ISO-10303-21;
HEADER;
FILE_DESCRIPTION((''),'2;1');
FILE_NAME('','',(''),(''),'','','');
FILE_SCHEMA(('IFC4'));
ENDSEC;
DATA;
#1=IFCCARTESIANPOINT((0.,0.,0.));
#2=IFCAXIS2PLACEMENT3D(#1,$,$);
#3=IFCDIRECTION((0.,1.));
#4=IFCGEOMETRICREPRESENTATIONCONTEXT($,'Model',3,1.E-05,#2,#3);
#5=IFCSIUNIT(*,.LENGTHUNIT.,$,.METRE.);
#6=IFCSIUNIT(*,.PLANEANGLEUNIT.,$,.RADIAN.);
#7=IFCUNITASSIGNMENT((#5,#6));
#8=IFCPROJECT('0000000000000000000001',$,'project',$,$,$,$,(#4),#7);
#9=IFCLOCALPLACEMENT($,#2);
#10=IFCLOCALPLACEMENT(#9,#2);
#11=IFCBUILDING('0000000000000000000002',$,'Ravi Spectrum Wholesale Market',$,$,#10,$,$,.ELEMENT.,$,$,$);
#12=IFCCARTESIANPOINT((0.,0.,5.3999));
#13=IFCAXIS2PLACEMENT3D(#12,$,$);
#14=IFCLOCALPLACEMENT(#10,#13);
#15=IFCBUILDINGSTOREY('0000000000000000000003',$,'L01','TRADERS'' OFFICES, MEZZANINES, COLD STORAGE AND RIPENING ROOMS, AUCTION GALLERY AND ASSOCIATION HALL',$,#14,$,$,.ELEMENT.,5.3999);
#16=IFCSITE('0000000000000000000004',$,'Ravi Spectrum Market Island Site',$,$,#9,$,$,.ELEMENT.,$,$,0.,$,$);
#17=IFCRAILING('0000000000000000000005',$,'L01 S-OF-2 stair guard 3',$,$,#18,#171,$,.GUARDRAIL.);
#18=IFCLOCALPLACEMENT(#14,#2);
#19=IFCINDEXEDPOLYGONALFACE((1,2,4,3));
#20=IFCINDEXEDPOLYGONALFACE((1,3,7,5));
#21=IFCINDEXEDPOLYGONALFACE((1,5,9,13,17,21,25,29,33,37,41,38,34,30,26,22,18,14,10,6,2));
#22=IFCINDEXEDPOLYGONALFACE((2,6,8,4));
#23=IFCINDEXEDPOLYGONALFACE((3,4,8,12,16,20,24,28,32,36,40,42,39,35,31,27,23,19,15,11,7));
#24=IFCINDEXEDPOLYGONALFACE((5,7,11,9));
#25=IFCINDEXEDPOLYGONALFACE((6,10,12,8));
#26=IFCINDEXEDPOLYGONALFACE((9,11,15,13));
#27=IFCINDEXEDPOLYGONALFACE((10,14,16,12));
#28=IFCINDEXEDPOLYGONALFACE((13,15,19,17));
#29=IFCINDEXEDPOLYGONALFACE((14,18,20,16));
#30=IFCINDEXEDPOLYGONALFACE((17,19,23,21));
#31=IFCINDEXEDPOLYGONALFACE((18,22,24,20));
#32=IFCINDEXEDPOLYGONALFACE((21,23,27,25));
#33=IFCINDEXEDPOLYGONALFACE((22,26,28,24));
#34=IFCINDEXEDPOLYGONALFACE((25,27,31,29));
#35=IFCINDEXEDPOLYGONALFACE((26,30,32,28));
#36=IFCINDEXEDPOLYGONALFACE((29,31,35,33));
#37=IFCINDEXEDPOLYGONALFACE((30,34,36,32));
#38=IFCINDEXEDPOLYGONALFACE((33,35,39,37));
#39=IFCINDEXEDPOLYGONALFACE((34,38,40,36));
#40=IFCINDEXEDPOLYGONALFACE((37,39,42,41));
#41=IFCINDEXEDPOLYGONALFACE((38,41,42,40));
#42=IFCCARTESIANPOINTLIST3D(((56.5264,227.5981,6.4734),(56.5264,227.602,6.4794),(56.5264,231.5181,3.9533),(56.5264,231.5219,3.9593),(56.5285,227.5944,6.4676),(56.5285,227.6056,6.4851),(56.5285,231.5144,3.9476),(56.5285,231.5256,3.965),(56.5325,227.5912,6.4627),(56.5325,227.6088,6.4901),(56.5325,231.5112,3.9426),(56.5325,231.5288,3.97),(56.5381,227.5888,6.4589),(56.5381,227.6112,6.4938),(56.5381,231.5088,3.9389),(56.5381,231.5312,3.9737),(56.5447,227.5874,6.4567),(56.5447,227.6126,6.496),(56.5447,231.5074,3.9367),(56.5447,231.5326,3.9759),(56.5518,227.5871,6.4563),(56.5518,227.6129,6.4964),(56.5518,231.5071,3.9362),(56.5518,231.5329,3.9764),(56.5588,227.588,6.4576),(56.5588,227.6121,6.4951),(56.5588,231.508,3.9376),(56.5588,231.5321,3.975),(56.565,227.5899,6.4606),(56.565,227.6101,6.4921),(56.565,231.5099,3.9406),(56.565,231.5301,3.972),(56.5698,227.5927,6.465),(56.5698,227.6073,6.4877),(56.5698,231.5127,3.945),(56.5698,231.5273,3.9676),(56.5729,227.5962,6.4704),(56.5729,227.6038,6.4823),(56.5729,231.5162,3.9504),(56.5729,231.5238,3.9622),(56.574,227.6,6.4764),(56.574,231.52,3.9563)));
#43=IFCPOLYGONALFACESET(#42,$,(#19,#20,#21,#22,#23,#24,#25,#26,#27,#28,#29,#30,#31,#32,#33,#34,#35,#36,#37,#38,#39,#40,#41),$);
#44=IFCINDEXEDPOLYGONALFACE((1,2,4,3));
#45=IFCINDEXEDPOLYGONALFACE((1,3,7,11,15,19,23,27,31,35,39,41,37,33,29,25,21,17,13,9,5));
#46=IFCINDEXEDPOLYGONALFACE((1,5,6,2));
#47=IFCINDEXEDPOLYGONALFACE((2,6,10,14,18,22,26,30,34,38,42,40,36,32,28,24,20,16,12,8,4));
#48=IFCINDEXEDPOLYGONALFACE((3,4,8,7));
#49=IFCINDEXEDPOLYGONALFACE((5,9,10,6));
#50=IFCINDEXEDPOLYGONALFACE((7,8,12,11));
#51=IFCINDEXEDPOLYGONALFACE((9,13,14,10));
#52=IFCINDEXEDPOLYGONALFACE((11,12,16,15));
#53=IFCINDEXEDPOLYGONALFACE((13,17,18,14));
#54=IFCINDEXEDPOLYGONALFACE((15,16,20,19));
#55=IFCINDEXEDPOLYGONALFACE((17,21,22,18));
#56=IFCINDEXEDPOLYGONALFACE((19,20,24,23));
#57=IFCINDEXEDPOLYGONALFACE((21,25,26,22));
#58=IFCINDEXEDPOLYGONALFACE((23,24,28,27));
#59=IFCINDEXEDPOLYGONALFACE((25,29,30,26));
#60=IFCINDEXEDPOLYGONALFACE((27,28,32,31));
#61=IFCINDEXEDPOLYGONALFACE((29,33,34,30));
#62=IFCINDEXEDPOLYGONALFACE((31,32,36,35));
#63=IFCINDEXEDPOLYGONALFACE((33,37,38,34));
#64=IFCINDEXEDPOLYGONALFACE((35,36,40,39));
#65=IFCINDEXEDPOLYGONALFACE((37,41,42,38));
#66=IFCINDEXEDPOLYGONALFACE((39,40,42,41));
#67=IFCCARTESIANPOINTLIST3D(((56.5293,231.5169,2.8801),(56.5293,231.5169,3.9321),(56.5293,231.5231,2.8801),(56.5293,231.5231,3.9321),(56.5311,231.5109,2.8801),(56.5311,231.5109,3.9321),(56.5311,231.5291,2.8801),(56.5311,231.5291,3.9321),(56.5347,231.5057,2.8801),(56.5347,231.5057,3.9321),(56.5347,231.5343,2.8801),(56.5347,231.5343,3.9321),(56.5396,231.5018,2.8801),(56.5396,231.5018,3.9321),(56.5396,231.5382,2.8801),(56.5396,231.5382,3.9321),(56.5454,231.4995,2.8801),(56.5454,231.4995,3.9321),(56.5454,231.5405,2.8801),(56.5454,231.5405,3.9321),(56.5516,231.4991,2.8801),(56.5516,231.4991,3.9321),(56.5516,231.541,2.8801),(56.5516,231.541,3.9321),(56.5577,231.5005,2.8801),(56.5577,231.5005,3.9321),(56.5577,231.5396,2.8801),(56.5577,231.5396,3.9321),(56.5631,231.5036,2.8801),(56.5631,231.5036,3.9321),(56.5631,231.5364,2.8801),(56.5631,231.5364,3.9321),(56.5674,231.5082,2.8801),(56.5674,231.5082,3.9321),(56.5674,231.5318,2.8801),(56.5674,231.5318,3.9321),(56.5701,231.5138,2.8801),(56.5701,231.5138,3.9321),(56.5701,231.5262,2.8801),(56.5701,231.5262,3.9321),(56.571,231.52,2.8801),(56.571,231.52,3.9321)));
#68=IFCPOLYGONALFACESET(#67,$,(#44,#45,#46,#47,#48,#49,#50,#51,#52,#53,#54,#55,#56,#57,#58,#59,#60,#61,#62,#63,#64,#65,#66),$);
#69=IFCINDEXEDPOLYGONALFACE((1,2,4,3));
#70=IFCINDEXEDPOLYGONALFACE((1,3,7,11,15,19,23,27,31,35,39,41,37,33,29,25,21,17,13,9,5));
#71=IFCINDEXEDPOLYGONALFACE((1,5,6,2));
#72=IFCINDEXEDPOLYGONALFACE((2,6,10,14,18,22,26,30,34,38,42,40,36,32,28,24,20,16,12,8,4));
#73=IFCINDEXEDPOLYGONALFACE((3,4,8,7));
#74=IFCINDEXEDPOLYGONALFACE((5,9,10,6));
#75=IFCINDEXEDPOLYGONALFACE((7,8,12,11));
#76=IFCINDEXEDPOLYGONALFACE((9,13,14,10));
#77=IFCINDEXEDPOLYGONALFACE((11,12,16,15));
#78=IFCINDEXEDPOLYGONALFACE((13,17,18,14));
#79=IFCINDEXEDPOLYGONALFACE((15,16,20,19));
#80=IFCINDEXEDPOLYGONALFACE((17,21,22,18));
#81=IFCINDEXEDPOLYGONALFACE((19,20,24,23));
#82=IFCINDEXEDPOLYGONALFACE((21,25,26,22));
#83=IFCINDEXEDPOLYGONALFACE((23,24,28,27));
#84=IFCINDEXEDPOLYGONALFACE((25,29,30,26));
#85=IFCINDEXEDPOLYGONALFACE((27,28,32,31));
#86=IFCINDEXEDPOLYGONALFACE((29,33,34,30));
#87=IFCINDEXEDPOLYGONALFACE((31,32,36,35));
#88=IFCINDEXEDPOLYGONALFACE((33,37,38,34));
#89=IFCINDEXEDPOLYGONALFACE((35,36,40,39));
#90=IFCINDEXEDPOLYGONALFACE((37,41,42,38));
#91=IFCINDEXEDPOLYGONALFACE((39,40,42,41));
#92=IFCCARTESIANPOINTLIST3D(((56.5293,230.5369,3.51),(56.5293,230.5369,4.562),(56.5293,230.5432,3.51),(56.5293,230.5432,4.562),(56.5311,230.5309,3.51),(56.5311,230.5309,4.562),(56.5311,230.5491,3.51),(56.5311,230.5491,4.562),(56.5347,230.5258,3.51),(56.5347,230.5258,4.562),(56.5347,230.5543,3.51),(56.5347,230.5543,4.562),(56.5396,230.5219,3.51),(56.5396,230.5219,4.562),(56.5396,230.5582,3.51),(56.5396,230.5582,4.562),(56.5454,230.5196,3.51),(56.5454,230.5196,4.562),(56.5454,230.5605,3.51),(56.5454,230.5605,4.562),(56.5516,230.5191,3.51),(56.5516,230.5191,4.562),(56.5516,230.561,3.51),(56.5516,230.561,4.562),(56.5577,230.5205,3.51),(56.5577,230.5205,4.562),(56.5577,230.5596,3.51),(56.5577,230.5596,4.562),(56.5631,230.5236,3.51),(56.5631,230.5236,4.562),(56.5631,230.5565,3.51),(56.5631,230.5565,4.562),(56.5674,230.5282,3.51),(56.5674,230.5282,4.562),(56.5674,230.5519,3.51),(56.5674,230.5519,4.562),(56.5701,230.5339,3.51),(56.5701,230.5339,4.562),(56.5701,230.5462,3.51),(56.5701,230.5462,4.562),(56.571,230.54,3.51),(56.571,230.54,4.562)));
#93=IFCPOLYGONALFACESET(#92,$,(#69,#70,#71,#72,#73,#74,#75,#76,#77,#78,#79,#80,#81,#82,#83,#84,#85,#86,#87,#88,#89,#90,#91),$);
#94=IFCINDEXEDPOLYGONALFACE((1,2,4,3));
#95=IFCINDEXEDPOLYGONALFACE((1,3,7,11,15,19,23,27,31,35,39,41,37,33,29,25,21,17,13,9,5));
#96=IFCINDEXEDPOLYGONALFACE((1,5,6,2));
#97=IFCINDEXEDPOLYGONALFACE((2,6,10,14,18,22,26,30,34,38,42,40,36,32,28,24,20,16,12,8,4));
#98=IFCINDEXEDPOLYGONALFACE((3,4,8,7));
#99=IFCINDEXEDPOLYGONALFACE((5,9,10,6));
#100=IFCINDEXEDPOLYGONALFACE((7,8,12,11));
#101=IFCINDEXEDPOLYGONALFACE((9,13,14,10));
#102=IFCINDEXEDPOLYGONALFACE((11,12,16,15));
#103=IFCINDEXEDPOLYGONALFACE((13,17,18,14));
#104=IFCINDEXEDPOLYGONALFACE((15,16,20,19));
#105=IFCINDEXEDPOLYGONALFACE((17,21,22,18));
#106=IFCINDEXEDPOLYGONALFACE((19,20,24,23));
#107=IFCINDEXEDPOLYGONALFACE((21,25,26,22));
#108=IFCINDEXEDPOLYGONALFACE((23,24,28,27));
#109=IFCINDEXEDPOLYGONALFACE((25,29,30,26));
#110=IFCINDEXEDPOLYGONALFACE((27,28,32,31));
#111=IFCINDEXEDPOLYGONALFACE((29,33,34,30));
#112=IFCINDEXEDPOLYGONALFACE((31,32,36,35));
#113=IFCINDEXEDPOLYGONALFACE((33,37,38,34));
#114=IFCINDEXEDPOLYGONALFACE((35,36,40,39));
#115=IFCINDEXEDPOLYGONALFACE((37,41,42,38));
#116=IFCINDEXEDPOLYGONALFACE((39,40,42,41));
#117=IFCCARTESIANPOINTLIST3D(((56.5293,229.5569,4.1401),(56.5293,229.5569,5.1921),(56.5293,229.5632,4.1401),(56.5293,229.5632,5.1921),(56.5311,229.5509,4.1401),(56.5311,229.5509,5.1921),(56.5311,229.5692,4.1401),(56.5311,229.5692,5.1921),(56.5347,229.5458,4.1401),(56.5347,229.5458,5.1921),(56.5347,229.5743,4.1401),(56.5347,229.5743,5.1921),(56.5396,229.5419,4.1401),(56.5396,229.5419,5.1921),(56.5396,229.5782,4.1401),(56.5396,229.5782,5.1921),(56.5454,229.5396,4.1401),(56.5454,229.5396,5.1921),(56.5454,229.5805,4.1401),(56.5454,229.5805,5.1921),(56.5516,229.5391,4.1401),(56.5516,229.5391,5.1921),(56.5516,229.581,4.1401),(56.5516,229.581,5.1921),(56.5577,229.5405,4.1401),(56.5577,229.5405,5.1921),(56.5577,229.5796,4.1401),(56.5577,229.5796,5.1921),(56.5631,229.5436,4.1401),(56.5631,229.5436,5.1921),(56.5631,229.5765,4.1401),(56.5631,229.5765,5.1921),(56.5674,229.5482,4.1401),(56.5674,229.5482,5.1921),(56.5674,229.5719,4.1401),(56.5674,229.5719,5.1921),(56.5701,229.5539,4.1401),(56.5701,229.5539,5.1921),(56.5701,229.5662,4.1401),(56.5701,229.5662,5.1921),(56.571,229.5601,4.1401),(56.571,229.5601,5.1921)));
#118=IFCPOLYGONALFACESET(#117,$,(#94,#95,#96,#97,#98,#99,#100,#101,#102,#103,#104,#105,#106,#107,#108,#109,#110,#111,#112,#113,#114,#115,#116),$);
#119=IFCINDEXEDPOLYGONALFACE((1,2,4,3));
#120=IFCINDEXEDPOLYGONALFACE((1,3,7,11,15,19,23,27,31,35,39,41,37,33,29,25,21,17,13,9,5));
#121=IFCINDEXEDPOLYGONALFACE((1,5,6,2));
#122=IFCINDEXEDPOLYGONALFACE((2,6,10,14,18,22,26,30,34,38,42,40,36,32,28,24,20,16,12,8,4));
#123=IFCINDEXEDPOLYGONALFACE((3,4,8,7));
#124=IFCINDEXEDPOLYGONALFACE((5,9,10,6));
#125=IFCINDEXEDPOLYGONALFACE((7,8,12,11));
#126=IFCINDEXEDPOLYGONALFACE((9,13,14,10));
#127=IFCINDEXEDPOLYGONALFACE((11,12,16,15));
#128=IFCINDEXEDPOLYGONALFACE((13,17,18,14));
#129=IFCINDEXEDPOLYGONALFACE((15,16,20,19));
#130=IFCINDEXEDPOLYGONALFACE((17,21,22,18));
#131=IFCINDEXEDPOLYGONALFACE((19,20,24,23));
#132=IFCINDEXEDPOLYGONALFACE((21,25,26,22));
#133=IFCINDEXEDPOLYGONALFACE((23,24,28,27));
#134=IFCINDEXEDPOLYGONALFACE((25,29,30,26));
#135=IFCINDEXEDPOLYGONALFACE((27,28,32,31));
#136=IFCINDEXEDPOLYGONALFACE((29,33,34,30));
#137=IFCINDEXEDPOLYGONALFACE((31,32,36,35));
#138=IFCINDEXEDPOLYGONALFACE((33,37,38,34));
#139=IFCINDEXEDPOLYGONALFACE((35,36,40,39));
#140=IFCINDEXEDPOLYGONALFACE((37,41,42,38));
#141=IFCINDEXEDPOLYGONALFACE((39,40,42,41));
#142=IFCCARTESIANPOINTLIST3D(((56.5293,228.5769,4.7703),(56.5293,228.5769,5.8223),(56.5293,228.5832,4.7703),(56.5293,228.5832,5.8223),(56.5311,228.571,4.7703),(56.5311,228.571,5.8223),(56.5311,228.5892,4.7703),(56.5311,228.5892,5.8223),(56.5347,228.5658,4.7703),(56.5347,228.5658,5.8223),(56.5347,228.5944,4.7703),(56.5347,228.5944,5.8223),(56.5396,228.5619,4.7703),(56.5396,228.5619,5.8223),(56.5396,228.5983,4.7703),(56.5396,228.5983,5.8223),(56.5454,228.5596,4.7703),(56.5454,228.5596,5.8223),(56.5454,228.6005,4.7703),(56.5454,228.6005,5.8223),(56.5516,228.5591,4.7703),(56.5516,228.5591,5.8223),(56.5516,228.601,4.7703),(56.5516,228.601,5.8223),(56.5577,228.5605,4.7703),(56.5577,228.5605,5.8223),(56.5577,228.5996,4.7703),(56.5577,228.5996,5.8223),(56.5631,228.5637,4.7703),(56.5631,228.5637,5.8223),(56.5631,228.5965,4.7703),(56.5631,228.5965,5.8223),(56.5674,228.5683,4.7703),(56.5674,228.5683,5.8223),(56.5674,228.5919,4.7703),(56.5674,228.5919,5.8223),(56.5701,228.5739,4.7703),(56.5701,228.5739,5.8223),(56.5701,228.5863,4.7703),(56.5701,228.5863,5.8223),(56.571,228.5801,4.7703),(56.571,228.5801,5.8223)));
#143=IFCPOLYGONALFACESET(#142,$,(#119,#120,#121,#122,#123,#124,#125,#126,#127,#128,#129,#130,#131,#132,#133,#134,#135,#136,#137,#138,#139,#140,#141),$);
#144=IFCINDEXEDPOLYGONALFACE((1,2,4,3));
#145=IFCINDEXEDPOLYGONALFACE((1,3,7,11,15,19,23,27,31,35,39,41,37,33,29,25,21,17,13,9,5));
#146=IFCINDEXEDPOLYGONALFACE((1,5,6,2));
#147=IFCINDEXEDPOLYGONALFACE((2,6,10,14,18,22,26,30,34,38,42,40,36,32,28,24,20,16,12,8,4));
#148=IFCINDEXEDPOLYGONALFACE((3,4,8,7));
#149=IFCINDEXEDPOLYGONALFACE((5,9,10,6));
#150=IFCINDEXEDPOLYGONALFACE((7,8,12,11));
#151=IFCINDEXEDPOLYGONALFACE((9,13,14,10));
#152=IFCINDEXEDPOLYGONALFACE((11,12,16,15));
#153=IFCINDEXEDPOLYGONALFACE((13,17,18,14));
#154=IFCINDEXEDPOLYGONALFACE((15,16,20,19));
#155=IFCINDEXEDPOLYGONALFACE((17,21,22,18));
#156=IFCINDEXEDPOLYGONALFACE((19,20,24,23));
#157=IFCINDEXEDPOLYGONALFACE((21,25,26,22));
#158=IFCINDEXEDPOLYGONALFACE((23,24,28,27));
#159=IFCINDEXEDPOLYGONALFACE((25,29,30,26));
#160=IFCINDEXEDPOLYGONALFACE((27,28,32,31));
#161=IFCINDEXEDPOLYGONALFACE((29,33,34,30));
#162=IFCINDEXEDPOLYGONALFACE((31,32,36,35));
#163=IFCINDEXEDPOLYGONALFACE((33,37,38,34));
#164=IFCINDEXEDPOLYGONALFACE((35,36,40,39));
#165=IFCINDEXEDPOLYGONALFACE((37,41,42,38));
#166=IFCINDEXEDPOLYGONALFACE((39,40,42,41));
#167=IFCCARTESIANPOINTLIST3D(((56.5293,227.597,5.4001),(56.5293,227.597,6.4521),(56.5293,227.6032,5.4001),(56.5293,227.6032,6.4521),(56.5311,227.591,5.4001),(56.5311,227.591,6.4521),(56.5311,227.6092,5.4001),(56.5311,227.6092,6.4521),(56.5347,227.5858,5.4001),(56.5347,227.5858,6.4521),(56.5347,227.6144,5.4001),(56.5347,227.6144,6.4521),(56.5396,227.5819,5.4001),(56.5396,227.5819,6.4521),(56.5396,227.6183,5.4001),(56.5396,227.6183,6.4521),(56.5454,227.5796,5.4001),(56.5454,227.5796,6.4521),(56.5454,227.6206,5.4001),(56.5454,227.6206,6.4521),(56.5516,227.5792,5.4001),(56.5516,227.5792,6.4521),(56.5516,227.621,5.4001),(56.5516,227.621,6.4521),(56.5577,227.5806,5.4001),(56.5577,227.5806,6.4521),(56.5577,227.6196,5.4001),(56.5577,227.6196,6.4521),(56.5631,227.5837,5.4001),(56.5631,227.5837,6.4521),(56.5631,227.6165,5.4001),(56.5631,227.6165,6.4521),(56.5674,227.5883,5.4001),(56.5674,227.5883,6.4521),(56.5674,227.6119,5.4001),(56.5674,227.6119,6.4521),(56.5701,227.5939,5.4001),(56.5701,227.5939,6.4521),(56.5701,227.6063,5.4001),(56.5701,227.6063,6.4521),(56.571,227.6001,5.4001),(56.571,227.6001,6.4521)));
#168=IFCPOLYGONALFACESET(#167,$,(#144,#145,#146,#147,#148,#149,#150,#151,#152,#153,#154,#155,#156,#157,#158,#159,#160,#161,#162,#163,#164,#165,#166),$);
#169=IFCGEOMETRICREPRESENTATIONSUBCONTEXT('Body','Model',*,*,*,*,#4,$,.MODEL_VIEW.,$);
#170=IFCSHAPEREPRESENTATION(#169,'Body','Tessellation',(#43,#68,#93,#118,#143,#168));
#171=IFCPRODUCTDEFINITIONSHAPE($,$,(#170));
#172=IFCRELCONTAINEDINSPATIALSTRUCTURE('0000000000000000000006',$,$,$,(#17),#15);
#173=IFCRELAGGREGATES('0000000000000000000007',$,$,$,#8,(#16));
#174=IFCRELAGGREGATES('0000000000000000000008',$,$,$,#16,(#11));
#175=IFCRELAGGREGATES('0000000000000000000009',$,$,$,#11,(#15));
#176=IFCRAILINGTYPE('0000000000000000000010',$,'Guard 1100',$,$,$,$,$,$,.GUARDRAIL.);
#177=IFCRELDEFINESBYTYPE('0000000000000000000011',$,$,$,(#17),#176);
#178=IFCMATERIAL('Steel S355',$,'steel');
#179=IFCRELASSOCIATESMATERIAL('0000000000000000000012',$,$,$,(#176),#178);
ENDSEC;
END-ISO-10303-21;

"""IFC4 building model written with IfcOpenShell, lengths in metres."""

from ifc_helpers import new_model, si_unit, direction, frame, origin, origin_2d, place, context, subcontext, project, spatial, circle, extrude, material, type_object, element, save


model = new_model("IFC4")

# Units and contexts
model_context = context("Model", 3, precision=1e-05, world=origin(), true_north=direction((0.0, 1.0)))
body_context = subcontext(model_context, "Body", "Model", "MODEL_VIEW")
ifc_project = project(units=[si_unit("LENGTHUNIT", "METRE"), si_unit("PLANEANGLEUNIT", "RADIAN")], contexts=[model_context])

# Site, building, storey
site_placement = place(None, origin())
site = spatial("IfcSite", under=ifc_project, at=site_placement, Name="Ravi Spectrum Market Island Site", CompositionType="ELEMENT", RefElevation=0.0)
building_placement = place(site_placement, origin())
building = spatial("IfcBuilding", under=site, at=building_placement, Name="Ravi Spectrum Wholesale Market", CompositionType="ELEMENT")
storey_placement = place(building_placement, frame((0.0, 0.0, 5.3999)))
storey = spatial("IfcBuildingStorey", under=building, at=storey_placement, Name="L01", Description="TRADERS' OFFICES, MEZZANINES, COLD STORAGE AND RIPENING ROOMS, AUCTION GALLERY AND ASSOCIATION HALL", CompositionType="ELEMENT", Elevation=5.3999)

# Railing
ifc_material_1 = material(Name="Steel S355", Category="steel")
railing_type_1 = type_object("IfcRailingType", Name="Guard 1100", PredefinedType="GUARDRAIL", material=ifc_material_1)
railing_1_placement = place(storey_placement, frame((56.55, 231.52, 2.8801)))
element("IfcRailing", 1, at=railing_1_placement, inside=storey, type_object=railing_type_1, Name="L01 S-OF-2 stair guard 3", PredefinedType="GUARDRAIL", context=body_context, shape_type="SweptSolid", body=[
    extrude(circle(Radius=0.0239, at=origin_2d()), frame((0.0, 0.0, 1.0762), z_axis=(0.0, -0.841172, 0.540768), x_axis=(1.0, 0.0, 0.0)), (0.0, 0.0, 1.0), 4.6602),
    extrude(circle(Radius=0.021, at=origin_2d()), origin(), (0.0, 0.0, 1.0), 1.052),
    extrude(circle(Radius=0.021, at=origin_2d()), frame((0.0, -0.98, 0.6299)), (0.0, 0.0, 1.0), 1.052),
    extrude(circle(Radius=0.021, at=origin_2d()), frame((0.0, -1.96, 1.26)), (0.0, 0.0, 1.0), 1.052),
    extrude(circle(Radius=0.021, at=origin_2d()), frame((0.0, -2.9399, 1.8901)), (0.0, 0.0, 1.0), 1.052),
    extrude(circle(Radius=0.021, at=origin_2d()), frame((0.0, -3.9199, 2.52)), (0.0, 0.0, 1.0), 1.052),
])

save(model, "model.ifc")
